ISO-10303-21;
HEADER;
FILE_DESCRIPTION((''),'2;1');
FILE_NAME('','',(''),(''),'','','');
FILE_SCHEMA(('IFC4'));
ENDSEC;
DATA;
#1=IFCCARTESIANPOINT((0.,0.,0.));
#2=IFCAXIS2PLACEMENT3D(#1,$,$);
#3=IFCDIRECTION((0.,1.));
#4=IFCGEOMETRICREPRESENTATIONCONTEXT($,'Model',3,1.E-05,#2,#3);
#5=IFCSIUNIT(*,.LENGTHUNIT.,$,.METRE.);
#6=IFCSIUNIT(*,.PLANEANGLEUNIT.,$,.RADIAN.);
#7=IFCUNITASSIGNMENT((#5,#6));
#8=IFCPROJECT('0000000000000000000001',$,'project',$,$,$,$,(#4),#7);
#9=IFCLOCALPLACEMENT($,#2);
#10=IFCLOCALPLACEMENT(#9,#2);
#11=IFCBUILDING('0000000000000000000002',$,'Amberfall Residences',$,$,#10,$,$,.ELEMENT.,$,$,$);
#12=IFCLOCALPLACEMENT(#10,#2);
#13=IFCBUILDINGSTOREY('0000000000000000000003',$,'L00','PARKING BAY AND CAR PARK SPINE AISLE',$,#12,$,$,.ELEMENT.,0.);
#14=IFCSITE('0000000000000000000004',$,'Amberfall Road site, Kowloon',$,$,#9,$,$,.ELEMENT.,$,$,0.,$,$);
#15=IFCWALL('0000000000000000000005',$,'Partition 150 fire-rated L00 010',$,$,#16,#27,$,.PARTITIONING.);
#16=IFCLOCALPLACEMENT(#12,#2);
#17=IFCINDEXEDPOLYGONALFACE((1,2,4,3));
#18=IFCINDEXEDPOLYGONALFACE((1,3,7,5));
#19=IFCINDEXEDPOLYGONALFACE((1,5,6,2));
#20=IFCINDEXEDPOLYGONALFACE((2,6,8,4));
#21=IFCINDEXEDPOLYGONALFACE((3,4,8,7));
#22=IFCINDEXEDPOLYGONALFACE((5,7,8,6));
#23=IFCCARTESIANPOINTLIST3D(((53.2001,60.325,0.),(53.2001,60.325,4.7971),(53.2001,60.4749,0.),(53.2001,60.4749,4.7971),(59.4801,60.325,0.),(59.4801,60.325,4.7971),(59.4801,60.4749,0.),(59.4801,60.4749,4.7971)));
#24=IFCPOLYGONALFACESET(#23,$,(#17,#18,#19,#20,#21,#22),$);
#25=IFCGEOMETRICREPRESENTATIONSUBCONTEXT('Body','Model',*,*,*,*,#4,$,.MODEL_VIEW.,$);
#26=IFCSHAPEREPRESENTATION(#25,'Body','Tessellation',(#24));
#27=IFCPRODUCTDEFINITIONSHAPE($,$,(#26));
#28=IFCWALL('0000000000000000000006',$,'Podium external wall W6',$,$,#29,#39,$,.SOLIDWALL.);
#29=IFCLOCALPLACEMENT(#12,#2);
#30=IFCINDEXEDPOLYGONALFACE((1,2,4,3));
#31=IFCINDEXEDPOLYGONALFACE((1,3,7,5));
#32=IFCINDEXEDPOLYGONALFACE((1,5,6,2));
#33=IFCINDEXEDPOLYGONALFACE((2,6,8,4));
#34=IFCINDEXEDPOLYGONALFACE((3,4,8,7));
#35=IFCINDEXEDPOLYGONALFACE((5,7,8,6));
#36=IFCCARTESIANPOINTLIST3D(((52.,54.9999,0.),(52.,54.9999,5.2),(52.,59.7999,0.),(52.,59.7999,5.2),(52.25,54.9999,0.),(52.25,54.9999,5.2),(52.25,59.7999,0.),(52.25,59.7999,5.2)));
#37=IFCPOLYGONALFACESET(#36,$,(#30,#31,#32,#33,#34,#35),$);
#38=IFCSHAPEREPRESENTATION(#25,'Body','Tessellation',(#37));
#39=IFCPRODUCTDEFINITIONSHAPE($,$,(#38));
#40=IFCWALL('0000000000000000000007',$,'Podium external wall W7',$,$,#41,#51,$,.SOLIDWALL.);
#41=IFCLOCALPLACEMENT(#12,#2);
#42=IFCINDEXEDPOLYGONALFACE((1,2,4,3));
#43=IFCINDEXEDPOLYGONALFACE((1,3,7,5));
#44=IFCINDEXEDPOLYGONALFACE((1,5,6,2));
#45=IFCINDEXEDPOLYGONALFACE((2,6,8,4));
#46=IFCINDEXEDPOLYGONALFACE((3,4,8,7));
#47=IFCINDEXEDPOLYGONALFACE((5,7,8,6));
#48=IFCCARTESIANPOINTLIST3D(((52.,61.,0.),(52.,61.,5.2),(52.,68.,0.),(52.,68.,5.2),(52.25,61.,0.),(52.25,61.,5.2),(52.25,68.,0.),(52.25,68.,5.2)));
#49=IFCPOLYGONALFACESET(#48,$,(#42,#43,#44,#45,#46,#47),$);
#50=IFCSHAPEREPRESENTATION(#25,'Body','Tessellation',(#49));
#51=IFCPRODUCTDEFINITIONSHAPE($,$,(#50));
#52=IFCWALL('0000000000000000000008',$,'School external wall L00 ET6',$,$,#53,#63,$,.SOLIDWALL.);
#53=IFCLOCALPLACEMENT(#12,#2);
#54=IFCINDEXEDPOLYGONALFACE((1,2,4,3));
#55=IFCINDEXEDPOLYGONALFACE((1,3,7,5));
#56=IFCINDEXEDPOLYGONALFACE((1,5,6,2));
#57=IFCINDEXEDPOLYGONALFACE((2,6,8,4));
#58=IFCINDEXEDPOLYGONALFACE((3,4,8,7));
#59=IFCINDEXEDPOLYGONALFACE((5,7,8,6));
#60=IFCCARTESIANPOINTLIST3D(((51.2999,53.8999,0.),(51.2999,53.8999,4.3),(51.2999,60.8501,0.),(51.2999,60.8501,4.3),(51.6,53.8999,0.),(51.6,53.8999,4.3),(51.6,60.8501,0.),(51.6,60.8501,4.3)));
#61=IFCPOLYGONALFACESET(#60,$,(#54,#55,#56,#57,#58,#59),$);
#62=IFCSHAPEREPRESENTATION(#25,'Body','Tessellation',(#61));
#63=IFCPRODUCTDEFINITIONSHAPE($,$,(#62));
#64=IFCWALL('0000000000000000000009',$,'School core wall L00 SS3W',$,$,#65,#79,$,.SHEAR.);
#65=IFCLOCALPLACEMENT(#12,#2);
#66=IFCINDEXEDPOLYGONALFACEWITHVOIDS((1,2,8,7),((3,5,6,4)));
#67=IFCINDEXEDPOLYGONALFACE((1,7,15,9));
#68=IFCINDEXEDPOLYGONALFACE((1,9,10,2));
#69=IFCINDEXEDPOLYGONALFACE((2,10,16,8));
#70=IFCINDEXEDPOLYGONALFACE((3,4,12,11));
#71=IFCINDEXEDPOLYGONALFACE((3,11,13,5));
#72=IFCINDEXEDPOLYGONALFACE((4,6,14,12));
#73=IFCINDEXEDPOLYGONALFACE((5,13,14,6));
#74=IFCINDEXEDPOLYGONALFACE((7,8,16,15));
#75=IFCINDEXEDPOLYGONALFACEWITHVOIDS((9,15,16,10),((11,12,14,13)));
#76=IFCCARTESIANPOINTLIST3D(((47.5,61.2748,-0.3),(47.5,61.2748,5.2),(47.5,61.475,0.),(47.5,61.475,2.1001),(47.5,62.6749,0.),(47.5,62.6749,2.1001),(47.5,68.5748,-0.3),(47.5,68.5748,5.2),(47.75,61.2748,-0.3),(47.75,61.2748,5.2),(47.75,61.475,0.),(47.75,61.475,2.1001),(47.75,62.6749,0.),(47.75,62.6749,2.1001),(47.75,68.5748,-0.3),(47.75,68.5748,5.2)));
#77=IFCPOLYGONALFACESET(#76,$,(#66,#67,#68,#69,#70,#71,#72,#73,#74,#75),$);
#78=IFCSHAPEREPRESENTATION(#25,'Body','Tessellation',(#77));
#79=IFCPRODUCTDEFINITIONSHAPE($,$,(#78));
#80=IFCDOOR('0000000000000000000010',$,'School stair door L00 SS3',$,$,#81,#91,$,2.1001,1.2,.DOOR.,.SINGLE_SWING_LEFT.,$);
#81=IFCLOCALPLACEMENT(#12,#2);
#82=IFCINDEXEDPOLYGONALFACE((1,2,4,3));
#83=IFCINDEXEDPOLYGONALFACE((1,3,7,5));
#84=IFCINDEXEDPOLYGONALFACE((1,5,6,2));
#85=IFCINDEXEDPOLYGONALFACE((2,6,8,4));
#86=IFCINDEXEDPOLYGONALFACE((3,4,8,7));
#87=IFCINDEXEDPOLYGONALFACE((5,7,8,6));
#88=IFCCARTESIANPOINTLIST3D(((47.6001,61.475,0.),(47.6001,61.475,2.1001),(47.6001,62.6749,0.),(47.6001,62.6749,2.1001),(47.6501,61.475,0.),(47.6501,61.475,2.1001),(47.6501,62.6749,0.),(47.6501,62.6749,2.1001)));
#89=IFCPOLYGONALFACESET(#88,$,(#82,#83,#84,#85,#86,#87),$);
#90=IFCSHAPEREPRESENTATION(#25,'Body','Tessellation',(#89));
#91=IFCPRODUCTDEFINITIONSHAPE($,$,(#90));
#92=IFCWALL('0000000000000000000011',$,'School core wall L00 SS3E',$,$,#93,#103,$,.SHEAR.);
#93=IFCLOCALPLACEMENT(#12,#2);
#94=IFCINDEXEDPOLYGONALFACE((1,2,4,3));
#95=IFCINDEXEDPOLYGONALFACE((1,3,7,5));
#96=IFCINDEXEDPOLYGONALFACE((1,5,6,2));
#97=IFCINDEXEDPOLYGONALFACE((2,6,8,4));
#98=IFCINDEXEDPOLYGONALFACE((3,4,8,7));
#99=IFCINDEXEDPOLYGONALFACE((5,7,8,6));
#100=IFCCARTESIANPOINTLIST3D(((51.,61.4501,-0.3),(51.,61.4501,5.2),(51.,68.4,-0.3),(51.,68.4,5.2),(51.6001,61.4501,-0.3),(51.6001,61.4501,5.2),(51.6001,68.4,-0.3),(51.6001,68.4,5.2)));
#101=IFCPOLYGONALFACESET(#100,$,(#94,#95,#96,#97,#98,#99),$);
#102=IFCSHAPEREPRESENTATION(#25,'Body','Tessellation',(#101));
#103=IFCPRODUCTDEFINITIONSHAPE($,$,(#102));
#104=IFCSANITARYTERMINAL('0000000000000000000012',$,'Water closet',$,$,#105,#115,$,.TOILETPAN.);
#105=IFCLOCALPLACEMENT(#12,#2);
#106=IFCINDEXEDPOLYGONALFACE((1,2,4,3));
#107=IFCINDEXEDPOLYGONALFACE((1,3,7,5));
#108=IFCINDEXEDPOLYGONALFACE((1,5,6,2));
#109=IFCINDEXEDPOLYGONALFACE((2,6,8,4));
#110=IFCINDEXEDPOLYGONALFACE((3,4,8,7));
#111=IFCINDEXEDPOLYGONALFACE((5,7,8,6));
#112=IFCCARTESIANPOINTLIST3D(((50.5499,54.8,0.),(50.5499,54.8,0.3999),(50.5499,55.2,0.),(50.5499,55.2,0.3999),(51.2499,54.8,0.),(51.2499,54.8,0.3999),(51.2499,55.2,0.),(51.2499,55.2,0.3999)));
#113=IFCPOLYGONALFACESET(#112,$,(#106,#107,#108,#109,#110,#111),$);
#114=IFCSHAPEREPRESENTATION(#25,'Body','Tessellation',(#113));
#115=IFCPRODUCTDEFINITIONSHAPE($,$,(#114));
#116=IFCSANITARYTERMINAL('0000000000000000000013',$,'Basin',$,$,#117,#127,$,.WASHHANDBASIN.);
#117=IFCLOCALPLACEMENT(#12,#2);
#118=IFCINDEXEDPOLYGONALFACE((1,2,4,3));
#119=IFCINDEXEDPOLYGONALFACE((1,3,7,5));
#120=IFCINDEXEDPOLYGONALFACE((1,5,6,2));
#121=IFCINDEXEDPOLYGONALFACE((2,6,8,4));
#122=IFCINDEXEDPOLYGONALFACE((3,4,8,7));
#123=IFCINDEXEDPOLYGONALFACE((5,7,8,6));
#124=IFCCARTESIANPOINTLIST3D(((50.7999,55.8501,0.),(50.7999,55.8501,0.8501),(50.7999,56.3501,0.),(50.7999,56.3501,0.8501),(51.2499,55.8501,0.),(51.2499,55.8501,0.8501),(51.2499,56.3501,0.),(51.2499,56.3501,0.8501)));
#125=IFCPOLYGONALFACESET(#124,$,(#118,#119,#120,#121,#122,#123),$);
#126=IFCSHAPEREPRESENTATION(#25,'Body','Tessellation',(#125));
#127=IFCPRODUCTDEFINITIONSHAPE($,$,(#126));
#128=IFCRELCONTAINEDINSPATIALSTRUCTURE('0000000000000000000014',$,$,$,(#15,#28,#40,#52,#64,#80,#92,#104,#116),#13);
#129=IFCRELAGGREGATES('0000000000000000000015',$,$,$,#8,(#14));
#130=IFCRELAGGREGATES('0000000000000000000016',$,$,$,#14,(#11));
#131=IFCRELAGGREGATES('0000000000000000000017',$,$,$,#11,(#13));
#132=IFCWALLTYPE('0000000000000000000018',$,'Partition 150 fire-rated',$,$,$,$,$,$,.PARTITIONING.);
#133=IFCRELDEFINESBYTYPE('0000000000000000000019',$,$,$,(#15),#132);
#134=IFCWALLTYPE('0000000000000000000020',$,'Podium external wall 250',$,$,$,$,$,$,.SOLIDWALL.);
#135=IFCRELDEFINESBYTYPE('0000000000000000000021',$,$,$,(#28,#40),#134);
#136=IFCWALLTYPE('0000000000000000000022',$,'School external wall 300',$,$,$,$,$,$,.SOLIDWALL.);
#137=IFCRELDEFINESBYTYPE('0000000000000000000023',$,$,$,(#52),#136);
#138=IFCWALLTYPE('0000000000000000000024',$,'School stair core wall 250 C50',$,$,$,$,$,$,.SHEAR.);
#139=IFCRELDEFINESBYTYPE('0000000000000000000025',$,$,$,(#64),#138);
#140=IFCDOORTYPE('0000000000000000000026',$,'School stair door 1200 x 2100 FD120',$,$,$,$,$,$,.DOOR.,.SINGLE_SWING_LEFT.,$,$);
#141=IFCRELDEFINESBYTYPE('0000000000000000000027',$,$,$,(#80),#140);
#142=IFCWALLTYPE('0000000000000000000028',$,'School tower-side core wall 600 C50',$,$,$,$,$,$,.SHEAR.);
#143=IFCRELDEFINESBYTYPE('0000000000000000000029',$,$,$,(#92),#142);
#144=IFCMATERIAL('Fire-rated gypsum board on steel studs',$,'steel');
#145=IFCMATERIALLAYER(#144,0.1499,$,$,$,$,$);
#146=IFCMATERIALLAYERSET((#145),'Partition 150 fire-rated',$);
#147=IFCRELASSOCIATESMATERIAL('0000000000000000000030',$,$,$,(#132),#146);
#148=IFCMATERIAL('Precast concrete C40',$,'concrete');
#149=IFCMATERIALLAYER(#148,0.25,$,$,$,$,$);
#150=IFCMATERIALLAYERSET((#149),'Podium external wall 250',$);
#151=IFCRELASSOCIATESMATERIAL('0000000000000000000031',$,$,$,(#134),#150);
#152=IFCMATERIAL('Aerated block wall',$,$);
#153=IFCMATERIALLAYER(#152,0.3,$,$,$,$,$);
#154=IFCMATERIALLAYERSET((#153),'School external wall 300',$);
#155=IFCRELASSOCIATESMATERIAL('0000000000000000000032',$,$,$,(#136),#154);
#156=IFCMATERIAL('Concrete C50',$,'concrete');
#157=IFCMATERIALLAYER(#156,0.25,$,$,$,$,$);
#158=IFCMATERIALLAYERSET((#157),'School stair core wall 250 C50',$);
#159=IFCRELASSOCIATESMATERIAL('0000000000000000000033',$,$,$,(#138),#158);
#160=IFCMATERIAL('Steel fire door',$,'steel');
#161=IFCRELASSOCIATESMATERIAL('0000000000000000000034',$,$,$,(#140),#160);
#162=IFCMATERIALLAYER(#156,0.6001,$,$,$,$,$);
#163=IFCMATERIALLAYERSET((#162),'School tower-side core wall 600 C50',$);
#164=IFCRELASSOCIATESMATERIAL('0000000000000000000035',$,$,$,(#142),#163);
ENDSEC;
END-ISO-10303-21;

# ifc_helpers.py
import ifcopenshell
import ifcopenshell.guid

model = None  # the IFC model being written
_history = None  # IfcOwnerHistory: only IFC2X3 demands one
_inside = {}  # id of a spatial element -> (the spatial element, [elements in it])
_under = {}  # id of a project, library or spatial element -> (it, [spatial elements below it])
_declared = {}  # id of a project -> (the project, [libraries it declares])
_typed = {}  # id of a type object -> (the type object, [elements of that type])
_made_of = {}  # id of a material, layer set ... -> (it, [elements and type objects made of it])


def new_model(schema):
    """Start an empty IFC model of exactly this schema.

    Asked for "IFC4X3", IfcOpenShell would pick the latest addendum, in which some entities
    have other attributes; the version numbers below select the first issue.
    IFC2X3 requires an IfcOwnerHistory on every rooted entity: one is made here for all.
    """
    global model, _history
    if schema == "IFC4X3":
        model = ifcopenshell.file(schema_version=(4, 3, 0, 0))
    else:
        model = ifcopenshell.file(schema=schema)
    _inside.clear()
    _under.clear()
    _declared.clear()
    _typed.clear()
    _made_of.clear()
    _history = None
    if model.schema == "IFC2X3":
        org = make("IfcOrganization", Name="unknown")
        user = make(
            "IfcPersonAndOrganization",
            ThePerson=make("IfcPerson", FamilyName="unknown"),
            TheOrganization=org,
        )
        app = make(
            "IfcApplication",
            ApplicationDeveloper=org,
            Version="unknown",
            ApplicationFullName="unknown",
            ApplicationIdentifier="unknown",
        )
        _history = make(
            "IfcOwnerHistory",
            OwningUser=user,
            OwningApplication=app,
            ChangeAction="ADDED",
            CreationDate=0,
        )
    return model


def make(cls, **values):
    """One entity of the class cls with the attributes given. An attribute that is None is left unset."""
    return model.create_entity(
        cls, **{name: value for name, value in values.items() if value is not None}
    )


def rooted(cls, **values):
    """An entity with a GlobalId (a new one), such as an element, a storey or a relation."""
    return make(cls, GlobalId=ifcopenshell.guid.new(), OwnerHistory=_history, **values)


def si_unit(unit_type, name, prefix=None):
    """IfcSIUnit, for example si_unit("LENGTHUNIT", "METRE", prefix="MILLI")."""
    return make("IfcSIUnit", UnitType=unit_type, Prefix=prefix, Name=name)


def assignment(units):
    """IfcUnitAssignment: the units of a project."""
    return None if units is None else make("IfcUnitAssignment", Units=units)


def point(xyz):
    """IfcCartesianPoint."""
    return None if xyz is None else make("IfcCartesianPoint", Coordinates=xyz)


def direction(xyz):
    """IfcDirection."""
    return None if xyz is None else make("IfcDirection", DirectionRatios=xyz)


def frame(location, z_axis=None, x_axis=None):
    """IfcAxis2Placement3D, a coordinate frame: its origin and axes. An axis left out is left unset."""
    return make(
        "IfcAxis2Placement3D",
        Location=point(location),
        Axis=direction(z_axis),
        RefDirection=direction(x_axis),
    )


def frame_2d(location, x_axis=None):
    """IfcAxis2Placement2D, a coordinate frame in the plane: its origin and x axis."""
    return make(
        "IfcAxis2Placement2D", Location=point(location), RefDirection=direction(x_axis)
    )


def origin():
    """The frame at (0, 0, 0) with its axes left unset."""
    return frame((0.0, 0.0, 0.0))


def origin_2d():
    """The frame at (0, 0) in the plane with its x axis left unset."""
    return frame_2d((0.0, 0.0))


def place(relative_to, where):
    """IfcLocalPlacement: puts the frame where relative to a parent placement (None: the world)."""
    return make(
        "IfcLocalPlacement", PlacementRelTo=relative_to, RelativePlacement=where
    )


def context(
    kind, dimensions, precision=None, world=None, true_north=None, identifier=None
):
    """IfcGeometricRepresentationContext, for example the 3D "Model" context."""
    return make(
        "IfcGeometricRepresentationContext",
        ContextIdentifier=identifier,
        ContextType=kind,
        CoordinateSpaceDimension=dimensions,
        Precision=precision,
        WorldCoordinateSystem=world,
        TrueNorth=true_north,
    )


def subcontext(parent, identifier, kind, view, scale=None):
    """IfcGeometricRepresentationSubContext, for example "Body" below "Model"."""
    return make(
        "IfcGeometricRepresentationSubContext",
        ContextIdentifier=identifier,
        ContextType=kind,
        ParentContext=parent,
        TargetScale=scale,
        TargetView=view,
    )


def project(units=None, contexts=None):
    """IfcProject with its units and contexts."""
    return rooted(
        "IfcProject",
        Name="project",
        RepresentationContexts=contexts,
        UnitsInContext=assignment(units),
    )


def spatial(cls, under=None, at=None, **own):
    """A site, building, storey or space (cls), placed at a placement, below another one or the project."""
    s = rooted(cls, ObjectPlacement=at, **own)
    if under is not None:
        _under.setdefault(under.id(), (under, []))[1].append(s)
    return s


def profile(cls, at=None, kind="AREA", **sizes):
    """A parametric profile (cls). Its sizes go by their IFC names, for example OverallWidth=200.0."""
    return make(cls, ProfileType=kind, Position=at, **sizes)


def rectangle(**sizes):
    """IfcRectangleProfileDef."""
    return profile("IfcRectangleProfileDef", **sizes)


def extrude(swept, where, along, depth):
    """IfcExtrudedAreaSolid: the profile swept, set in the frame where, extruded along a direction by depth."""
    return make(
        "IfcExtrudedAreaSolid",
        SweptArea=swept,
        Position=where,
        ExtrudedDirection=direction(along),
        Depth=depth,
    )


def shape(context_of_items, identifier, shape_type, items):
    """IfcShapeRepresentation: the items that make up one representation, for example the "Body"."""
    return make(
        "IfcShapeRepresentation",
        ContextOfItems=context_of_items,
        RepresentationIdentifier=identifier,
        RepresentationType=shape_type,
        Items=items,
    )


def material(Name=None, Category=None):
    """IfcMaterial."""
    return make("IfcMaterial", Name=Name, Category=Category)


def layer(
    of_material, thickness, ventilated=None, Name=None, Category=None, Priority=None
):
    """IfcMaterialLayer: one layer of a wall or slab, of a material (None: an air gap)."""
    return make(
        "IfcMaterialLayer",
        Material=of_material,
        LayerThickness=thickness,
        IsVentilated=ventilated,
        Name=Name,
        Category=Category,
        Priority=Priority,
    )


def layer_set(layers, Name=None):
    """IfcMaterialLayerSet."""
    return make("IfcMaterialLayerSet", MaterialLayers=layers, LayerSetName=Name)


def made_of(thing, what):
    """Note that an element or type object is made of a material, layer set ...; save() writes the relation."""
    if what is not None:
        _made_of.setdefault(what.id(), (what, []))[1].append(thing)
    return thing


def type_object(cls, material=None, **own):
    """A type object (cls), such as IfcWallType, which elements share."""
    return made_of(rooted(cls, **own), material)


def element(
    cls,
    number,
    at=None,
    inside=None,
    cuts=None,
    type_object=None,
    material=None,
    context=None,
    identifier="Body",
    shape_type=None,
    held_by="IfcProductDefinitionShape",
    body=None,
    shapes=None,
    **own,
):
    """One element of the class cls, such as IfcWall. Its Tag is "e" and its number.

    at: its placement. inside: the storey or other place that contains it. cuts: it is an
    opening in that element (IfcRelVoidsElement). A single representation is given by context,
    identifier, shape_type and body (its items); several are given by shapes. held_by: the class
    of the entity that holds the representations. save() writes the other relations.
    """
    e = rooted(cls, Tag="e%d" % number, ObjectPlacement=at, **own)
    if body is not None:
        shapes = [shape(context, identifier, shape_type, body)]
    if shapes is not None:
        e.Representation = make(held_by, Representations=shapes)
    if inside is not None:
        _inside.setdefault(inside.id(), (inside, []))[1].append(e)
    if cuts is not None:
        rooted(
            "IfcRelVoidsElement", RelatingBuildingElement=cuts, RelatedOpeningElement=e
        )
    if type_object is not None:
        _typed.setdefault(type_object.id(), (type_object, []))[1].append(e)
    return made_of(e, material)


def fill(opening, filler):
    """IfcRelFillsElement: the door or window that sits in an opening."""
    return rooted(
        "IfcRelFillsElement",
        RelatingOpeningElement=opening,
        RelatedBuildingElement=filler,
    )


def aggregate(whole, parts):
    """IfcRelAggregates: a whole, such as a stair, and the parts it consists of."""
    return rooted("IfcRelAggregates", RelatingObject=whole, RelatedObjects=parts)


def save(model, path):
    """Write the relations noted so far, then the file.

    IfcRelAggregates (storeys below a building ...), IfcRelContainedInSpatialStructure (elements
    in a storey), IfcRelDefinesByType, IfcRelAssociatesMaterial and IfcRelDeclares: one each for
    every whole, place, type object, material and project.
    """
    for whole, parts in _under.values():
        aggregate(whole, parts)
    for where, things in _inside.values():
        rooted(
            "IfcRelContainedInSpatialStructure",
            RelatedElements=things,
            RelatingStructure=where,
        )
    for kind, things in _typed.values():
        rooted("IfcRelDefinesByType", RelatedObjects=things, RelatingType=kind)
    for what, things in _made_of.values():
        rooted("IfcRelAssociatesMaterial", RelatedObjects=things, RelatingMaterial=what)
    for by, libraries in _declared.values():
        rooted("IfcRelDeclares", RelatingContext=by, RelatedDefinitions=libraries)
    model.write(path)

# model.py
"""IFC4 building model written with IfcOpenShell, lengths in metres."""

from ifc_helpers import new_model, si_unit, direction, frame, frame_2d, origin, origin_2d, place, context, subcontext, project, spatial, rectangle, extrude, material, layer, layer_set, type_object, element, fill, save


model = new_model("IFC4")

# Units and contexts
model_context = context("Model", 3, precision=1e-05, world=origin(), true_north=direction((0.0, 1.0)))
body_context = subcontext(model_context, "Body", "Model", "MODEL_VIEW")
ifc_project = project(units=[si_unit("LENGTHUNIT", "METRE"), si_unit("PLANEANGLEUNIT", "RADIAN")], contexts=[model_context])

# Site, building, storey
site_placement = place(None, origin())
site = spatial("IfcSite", under=ifc_project, at=site_placement, Name="Amberfall Road site, Kowloon", CompositionType="ELEMENT", RefElevation=0.0)
building_placement = place(site_placement, origin())
building = spatial("IfcBuilding", under=site, at=building_placement, Name="Amberfall Residences", CompositionType="ELEMENT")
storey_placement = place(building_placement, origin())
storey = spatial("IfcBuildingStorey", under=building, at=storey_placement, Name="L00", Description="PARKING BAY AND CAR PARK SPINE AISLE", CompositionType="ELEMENT", Elevation=0.0)

# Shared definitions
ifc_material_1 = material(Name="Concrete C50", Category="concrete")

# Walls
ifc_material_2 = material(Name="Fire-rated gypsum board on steel studs", Category="steel")
ifc_layer_1 = layer(ifc_material_2, 0.1499)
ifc_layer_set_1 = layer_set([ifc_layer_1], Name="Partition 150 fire-rated")
wall_type_1 = type_object("IfcWallType", Name="Partition 150 fire-rated", PredefinedType="PARTITIONING", material=ifc_layer_set_1)
wall_1_placement = place(storey_placement, frame((53.2, 60.3999, 0.0), z_axis=(0.0, 0.0, 1.0), x_axis=(1.0, 0.0, 0.0)))
element("IfcWall", 1, at=wall_1_placement, inside=storey, type_object=wall_type_1, Name="Partition 150 fire-rated L00 010", PredefinedType="PARTITIONING", context=body_context, shape_type="SweptSolid", body=[
    extrude(rectangle(XDim=6.28, YDim=0.1499, at=frame_2d((3.1401, 0.0))), origin(), (0.0, 0.0, 1.0), 4.7971),
])
ifc_material_3 = material(Name="Precast concrete C40", Category="concrete")
ifc_layer_2 = layer(ifc_material_3, 0.25)
ifc_layer_set_2 = layer_set([ifc_layer_2], Name="Podium external wall 250")
wall_type_2 = type_object("IfcWallType", Name="Podium external wall 250", PredefinedType="SOLIDWALL", material=ifc_layer_set_2)
wall_2_placement = place(storey_placement, frame((52.125, 55.0, 0.0), z_axis=(0.0, 0.0, 1.0), x_axis=(0.0, 1.0, 0.0)))
element("IfcWall", 2, at=wall_2_placement, inside=storey, type_object=wall_type_2, Name="Podium external wall W6", PredefinedType="SOLIDWALL", context=body_context, shape_type="SweptSolid", body=[
    extrude(rectangle(XDim=4.8, YDim=0.25, at=frame_2d((2.3999, 0.0))), origin(), (0.0, 0.0, 1.0), 5.2),
])
wall_3_placement = place(storey_placement, frame((52.125, 61.0, 0.0), z_axis=(0.0, 0.0, 1.0), x_axis=(0.0, 1.0, 0.0)))
element("IfcWall", 3, at=wall_3_placement, inside=storey, type_object=wall_type_2, Name="Podium external wall W7", PredefinedType="SOLIDWALL", context=body_context, shape_type="SweptSolid", body=[
    extrude(rectangle(XDim=7.0, YDim=0.25, at=frame_2d((3.5, 0.0))), origin(), (0.0, 0.0, 1.0), 5.2),
])
ifc_material_4 = material(Name="Aerated block wall")
ifc_layer_3 = layer(ifc_material_4, 0.3)
ifc_layer_set_3 = layer_set([ifc_layer_3], Name="School external wall 300")
wall_type_3 = type_object("IfcWallType", Name="School external wall 300", PredefinedType="SOLIDWALL", material=ifc_layer_set_3)
wall_4_placement = place(storey_placement, frame((51.45, 53.8999, 0.0), z_axis=(0.0, 0.0, 1.0), x_axis=(0.0, 1.0, 0.0)))
element("IfcWall", 4, at=wall_4_placement, inside=storey, type_object=wall_type_3, Name="School external wall L00 ET6", PredefinedType="SOLIDWALL", context=body_context, shape_type="SweptSolid", body=[
    extrude(rectangle(XDim=6.9502, YDim=0.3, at=frame_2d((3.4751, 0.0))), origin(), (0.0, 0.0, 1.0), 4.3),
])

# Wall, opening, door
ifc_layer_4 = layer(ifc_material_1, 0.25)
ifc_layer_set_4 = layer_set([ifc_layer_4], Name="School stair core wall 250 C50")
wall_type_4 = type_object("IfcWallType", Name="School stair core wall 250 C50", PredefinedType="SHEAR", material=ifc_layer_set_4)
wall_5_placement = place(storey_placement, frame((47.625, 61.2749, -0.3), z_axis=(0.0, 0.0, 1.0), x_axis=(0.0, 1.0, 0.0)))
wall_5 = element("IfcWall", 5, at=wall_5_placement, inside=storey, type_object=wall_type_4, Name="School core wall L00 SS3W", PredefinedType="SHEAR", context=body_context, shape_type="SweptSolid", body=[
    extrude(rectangle(XDim=7.3, YDim=0.25, at=frame_2d((3.6499, 0.0))), origin(), (0.0, 0.0, 1.0), 5.5),
])
opening_placement = place(wall_5_placement, frame((0.2, 0.0, 0.3)))
opening = element("IfcOpeningElement", 6, at=opening_placement, cuts=wall_5, PredefinedType="OPENING", context=body_context, shape_type="SweptSolid", body=[
    extrude(rectangle(XDim=1.2, YDim=2.1001, at=frame_2d((0.6001, 1.05))), frame((0.0, 0.135, 0.0), z_axis=(0.0, -1.0, 0.0), x_axis=(1.0, 0.0, 0.0)), (0.0, 0.0, 1.0), 0.27),
])
ifc_material_5 = material(Name="Steel fire door", Category="steel")
door_type = type_object("IfcDoorType", Name="School stair door 1200 x 2100 FD120", OperationType="SINGLE_SWING_LEFT", PredefinedType="DOOR", material=ifc_material_5)
door_placement = place(opening_placement, origin())
door = element("IfcDoor", 7, at=door_placement, inside=storey, type_object=door_type, Name="School stair door L00 SS3", OperationType="SINGLE_SWING_LEFT", OverallHeight=2.1001, OverallWidth=1.2, PredefinedType="DOOR", context=body_context, shape_type="SweptSolid", body=[
    extrude(rectangle(XDim=1.2, YDim=2.1001, at=frame_2d((0.6001, 1.05))), frame((0.0, 0.0249, 0.0), z_axis=(0.0, -1.0, 0.0), x_axis=(1.0, 0.0, 0.0)), (0.0, 0.0, 1.0), 0.05),
])
fill(opening, door)

# Wall
ifc_layer_5 = layer(ifc_material_1, 0.6001)
ifc_layer_set_5 = layer_set([ifc_layer_5], Name="School tower-side core wall 600 C50")
wall_type_5 = type_object("IfcWallType", Name="School tower-side core wall 600 C50", PredefinedType="SHEAR", material=ifc_layer_set_5)
wall_6_placement = place(storey_placement, frame((51.3, 61.45, -0.3), z_axis=(0.0, 0.0, 1.0), x_axis=(0.0, 1.0, 0.0)))
element("IfcWall", 8, at=wall_6_placement, inside=storey, type_object=wall_type_5, Name="School core wall L00 SS3E", PredefinedType="SHEAR", context=body_context, shape_type="SweptSolid", body=[
    extrude(rectangle(XDim=6.95, YDim=0.6001, at=frame_2d((3.4751, 0.0))), origin(), (0.0, 0.0, 1.0), 5.5),
])

# Sanitary terminals
sanitary_terminal_1_placement = place(storey_placement, frame((50.8999, 55.0, 0.0), z_axis=(0.0, 0.0, 1.0), x_axis=(1.0, 0.0, 0.0)))
element("IfcSanitaryTerminal", 9, at=sanitary_terminal_1_placement, inside=storey, Name="Water closet", PredefinedType="TOILETPAN", context=body_context, shape_type="SweptSolid", body=[
    extrude(rectangle(XDim=0.7, YDim=0.3999, at=origin_2d()), origin(), (0.0, 0.0, 1.0), 0.3999),
])
sanitary_terminal_2_placement = place(storey_placement, frame((51.0249, 56.1001, 0.0), z_axis=(0.0, 0.0, 1.0), x_axis=(1.0, 0.0, 0.0)))
element("IfcSanitaryTerminal", 10, at=sanitary_terminal_2_placement, inside=storey, Name="Basin", PredefinedType="WASHHANDBASIN", context=body_context, shape_type="SweptSolid", body=[
    extrude(rectangle(XDim=0.45, YDim=0.5, at=origin_2d()), origin(), (0.0, 0.0, 1.0), 0.8501),
])

save(model, "model.ifc")
